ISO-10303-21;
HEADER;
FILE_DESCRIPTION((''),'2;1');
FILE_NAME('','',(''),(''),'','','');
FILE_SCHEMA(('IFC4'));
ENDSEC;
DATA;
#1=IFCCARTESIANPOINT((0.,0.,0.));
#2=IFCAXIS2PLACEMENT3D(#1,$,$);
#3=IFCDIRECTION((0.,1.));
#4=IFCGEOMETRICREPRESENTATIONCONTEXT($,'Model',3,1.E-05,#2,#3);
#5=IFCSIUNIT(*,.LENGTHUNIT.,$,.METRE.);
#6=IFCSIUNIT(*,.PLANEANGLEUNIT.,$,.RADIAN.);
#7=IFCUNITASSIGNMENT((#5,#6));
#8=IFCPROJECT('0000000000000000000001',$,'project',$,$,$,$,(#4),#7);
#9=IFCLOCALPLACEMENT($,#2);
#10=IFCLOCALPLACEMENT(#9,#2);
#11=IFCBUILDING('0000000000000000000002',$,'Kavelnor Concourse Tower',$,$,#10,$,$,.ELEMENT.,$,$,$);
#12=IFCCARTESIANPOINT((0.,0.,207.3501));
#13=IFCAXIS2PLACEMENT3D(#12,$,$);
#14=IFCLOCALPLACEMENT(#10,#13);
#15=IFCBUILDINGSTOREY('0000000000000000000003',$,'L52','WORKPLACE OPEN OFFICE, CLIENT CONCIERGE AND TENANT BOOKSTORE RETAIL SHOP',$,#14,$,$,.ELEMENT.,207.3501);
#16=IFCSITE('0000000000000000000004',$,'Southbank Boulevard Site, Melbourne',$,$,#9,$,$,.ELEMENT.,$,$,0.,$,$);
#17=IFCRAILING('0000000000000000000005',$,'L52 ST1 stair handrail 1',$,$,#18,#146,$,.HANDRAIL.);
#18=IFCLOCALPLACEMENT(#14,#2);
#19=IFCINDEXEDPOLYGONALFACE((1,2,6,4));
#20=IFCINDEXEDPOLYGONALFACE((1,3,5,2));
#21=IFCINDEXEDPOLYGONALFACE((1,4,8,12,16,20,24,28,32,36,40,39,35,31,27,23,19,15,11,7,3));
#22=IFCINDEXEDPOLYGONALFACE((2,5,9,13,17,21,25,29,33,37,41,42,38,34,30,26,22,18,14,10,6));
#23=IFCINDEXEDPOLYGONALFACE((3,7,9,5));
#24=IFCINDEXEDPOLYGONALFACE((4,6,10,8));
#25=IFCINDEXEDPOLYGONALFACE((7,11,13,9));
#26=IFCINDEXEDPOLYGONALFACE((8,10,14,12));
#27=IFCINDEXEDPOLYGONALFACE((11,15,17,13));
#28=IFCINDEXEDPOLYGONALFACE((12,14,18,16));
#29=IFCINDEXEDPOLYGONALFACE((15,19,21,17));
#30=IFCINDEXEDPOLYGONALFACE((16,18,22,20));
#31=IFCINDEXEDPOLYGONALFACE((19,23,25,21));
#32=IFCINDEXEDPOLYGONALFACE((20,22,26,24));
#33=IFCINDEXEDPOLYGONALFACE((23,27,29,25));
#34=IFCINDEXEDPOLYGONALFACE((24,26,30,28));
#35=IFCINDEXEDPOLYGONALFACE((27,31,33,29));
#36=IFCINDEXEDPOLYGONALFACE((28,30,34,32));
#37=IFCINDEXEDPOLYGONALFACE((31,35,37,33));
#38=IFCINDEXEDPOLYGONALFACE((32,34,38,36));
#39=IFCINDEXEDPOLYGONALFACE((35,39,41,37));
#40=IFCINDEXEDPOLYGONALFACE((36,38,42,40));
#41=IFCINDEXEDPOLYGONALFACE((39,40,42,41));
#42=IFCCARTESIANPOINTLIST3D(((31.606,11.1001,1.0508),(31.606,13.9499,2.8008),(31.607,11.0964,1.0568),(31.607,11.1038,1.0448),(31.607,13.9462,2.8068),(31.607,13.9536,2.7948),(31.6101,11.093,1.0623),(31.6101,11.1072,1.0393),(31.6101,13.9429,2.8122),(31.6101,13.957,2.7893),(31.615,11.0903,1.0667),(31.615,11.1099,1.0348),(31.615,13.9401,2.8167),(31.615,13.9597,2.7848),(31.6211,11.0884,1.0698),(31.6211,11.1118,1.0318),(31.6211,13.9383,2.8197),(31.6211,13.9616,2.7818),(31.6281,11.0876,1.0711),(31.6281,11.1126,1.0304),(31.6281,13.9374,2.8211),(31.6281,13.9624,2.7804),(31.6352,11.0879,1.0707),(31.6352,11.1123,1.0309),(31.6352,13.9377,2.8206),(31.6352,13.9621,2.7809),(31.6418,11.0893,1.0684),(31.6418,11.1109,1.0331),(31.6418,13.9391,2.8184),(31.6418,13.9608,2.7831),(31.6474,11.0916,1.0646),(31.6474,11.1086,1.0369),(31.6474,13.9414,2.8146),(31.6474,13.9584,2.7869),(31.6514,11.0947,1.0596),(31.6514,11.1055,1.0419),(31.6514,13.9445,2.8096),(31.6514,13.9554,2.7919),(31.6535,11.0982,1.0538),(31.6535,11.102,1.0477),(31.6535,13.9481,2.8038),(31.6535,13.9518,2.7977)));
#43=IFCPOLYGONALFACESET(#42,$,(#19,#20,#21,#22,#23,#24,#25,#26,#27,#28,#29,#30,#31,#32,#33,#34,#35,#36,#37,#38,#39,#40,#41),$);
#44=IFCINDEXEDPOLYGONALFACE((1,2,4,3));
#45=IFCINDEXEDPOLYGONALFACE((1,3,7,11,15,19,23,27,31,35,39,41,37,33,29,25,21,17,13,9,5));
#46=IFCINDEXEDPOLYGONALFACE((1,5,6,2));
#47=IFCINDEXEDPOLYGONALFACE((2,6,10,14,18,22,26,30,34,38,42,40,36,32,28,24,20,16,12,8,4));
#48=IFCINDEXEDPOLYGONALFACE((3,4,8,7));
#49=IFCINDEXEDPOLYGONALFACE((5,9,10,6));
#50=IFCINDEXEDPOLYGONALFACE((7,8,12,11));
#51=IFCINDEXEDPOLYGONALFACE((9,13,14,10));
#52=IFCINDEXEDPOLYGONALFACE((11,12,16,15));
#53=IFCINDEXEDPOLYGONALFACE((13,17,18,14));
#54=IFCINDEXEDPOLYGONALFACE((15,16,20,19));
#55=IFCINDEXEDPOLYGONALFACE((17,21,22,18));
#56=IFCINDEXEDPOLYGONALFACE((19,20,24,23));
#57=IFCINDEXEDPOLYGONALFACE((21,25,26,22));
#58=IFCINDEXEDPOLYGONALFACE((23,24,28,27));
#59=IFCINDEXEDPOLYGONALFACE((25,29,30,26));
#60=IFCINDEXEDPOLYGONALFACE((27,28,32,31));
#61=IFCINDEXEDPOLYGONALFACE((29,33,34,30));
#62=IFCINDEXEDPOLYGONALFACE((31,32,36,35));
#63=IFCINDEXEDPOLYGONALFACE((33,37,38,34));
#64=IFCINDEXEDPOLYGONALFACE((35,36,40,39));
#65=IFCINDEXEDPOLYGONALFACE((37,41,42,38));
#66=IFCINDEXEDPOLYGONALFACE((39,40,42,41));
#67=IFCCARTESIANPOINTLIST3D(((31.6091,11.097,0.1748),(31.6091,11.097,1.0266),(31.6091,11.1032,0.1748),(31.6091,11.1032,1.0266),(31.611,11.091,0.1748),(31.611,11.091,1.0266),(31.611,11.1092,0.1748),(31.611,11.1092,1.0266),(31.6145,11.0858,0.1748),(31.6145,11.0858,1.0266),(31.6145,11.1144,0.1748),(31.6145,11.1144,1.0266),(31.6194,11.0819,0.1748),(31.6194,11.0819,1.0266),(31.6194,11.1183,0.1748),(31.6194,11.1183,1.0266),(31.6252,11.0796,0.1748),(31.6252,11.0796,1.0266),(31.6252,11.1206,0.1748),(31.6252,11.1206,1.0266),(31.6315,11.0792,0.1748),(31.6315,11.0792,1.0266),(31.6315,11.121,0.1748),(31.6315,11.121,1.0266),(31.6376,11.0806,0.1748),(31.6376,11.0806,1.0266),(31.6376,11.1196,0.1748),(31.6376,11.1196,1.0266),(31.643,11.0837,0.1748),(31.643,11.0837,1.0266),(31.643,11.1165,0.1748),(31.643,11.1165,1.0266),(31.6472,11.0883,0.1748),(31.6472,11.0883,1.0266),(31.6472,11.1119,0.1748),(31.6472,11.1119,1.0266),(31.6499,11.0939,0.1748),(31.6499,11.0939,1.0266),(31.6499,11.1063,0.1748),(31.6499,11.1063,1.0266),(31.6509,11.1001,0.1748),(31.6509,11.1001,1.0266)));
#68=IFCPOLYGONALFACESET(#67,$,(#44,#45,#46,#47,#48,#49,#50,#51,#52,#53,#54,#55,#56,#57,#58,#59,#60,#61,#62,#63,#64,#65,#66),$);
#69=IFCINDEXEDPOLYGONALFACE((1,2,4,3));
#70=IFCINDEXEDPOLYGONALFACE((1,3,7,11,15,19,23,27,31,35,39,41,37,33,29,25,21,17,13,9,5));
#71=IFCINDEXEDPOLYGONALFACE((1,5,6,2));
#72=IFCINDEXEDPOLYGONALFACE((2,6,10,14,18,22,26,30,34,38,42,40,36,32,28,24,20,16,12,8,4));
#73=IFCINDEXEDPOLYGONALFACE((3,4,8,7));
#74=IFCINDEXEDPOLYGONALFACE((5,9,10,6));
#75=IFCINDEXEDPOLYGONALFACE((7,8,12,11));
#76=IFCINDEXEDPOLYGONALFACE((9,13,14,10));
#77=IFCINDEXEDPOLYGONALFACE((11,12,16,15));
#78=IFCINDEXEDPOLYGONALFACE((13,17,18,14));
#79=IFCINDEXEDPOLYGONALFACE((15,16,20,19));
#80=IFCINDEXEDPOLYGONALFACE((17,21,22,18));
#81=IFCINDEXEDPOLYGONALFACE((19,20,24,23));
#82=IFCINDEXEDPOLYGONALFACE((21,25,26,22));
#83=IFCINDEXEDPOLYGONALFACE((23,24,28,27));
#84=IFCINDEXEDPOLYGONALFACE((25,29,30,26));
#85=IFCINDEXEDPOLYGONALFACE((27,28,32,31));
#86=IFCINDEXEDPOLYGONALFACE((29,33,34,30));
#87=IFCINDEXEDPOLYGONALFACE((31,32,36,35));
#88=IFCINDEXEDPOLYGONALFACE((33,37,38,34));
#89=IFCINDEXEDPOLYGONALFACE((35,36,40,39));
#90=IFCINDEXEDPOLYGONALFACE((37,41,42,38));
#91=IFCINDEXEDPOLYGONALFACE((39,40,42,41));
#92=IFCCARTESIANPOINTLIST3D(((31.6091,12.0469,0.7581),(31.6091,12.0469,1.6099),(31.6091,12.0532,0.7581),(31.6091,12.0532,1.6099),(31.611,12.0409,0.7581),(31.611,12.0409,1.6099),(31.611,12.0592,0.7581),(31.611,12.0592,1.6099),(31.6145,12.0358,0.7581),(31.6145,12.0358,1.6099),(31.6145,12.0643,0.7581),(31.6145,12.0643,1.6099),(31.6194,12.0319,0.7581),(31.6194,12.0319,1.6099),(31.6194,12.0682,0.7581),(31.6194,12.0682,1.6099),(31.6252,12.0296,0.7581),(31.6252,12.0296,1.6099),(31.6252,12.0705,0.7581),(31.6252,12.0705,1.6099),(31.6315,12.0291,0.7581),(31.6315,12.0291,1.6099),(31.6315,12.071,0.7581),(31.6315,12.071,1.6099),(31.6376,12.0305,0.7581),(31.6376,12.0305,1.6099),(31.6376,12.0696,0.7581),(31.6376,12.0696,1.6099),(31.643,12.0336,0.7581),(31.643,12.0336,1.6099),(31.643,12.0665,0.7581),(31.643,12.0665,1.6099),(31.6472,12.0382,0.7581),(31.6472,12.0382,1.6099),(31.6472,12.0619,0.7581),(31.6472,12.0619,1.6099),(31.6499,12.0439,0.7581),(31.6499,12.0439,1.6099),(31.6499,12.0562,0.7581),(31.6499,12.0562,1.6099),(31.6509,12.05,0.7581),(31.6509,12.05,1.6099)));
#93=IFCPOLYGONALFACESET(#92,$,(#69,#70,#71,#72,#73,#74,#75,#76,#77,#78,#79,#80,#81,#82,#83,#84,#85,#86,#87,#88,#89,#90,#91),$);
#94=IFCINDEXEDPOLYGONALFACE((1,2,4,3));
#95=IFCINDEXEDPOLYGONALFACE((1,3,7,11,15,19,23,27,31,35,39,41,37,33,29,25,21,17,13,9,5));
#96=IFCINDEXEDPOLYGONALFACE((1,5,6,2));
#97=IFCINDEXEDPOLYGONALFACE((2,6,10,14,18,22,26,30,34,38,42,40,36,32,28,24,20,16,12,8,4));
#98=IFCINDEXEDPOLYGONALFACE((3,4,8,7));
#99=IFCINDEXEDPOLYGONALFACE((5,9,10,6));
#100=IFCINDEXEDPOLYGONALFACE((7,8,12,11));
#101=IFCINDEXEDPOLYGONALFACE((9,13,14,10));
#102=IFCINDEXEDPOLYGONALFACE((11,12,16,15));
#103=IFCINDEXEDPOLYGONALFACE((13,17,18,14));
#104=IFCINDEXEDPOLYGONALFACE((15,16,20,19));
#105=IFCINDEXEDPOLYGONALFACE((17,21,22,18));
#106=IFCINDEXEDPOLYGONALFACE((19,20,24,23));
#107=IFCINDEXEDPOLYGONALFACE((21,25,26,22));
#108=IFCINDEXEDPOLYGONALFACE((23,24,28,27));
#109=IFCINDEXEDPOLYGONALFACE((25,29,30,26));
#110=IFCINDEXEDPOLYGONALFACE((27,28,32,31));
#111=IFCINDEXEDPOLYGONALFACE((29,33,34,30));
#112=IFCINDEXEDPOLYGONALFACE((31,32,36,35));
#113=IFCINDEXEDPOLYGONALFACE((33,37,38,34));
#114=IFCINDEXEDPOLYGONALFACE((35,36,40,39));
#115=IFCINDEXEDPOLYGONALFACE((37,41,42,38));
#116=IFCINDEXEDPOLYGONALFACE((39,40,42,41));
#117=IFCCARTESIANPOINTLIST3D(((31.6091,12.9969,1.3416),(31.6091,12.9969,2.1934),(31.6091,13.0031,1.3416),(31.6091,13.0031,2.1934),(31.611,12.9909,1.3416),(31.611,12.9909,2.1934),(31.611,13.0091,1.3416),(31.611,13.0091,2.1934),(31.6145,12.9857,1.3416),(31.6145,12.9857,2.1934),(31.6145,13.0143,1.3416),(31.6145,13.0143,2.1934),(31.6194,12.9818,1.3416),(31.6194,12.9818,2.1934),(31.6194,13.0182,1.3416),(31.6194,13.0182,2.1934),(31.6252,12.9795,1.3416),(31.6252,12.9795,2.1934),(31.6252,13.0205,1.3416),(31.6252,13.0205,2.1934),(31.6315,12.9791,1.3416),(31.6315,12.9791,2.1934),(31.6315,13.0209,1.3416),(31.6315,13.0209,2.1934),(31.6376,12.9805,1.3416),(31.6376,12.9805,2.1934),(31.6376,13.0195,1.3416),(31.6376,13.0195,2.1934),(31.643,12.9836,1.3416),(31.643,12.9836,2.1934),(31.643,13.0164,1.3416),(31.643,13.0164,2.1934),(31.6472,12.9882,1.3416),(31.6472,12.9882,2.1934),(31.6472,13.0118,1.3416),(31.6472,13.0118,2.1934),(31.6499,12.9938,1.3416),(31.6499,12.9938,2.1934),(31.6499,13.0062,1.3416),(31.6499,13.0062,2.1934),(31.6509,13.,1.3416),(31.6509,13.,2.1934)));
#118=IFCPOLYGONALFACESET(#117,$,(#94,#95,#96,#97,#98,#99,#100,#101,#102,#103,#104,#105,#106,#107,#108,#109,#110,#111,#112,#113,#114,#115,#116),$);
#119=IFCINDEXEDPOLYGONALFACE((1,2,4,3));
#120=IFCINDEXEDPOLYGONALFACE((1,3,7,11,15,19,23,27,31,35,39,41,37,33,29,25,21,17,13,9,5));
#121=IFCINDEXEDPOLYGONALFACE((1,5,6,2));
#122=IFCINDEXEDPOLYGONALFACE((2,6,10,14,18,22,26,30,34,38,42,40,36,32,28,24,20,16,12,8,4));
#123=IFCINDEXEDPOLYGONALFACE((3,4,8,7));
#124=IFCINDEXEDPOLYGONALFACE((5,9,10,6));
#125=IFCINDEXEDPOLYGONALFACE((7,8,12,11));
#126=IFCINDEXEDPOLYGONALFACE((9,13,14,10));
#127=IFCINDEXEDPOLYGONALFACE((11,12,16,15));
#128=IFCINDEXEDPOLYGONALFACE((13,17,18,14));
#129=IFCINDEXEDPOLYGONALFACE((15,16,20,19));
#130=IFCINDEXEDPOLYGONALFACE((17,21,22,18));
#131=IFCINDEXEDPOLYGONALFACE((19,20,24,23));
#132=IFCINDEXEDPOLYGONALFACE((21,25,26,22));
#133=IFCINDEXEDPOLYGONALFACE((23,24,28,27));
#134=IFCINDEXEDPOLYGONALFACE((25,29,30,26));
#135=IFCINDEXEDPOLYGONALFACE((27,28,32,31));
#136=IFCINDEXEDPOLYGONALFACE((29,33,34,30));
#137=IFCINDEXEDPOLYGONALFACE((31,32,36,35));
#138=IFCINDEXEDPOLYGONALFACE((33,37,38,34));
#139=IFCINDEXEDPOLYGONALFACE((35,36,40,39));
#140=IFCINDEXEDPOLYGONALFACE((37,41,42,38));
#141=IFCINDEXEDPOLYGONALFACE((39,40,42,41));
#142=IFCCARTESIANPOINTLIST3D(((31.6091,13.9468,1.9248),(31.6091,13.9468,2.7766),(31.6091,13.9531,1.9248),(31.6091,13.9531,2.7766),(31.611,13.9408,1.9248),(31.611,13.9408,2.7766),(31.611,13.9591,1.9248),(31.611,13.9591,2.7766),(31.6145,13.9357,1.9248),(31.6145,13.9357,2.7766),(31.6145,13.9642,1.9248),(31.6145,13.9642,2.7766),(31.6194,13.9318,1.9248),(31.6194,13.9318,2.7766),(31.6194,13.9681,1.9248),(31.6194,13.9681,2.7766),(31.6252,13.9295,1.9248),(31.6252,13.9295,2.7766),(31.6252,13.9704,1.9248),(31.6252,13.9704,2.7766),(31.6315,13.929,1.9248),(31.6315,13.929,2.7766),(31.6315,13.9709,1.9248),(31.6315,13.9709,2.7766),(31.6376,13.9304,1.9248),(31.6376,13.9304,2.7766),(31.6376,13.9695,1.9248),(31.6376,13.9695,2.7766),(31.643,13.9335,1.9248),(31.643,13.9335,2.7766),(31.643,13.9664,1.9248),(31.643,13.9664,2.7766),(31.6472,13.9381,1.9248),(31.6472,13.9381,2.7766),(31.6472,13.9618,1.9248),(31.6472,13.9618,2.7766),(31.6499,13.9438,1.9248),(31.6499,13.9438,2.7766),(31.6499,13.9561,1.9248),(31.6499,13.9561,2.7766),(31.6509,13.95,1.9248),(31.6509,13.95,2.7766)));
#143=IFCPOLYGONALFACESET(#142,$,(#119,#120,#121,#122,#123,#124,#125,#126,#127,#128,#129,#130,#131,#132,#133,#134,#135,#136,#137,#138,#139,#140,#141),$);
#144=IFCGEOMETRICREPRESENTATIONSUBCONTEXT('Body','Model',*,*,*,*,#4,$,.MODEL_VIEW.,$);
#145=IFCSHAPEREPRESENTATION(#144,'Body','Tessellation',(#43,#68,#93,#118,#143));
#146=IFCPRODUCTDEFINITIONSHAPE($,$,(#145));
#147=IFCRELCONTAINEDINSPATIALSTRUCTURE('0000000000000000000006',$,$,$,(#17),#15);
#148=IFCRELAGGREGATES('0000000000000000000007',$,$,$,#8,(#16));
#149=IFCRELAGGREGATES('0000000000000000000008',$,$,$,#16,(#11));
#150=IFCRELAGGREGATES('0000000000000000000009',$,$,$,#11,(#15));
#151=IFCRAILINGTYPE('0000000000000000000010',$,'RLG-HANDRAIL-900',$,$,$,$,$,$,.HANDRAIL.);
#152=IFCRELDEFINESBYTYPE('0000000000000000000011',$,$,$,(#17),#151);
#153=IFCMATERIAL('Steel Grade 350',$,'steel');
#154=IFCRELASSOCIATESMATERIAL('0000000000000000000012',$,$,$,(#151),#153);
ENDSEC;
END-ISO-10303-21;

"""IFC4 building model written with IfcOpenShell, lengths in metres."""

from ifc_helpers import new_model, si_unit, direction, frame, origin, origin_2d, place, context, subcontext, project, spatial, circle, extrude, material, type_object, element, save


model = new_model("IFC4")

# Units and contexts
model_context = context("Model", 3, precision=1e-05, world=origin(), true_north=direction((0.0, 1.0)))
body_context = subcontext(model_context, "Body", "Model", "MODEL_VIEW")
ifc_project = project(units=[si_unit("LENGTHUNIT", "METRE"), si_unit("PLANEANGLEUNIT", "RADIAN")], contexts=[model_context])

# Site, building, storey
site_placement = place(None, origin())
site = spatial("IfcSite", under=ifc_project, at=site_placement, Name="Southbank Boulevard Site, Melbourne", CompositionType="ELEMENT", RefElevation=0.0)
building_placement = place(site_placement, origin())
building = spatial("IfcBuilding", under=site, at=building_placement, Name="Kavelnor Concourse Tower", CompositionType="ELEMENT")
storey_placement = place(building_placement, frame((0.0, 0.0, 207.3501)))
storey = spatial("IfcBuildingStorey", under=building, at=storey_placement, Name="L52", Description="WORKPLACE OPEN OFFICE, CLIENT CONCIERGE AND TENANT BOOKSTORE RETAIL SHOP", CompositionType="ELEMENT", Elevation=207.3501)

# Shared definitions
ifc_material_1 = material(Name="Steel Grade 350", Category="steel")

# Railing
railing_type_1 = type_object("IfcRailingType", Name="RLG-HANDRAIL-900", PredefinedType="HANDRAIL", material=ifc_material_1)
railing_1_placement = place(storey_placement, frame((31.6299, 11.1001, 0.1748)))
element("IfcRailing", 1, at=railing_1_placement, inside=storey, type_object=railing_type_1, Name="L52 ST1 stair handrail 1", PredefinedType="HANDRAIL", context=body_context, shape_type="SweptSolid", body=[
    extrude(circle(Radius=0.0239, at=origin_2d()), frame((0.0, 0.0, 0.876), z_axis=(0.0, 0.852159, 0.523283), x_axis=(-1.0, 0.0, 0.0)), (0.0, 0.0, 1.0), 3.3442),
    extrude(circle(Radius=0.021, at=origin_2d()), origin(), (0.0, 0.0, 1.0), 0.8518),
    extrude(circle(Radius=0.021, at=origin_2d()), frame((0.0, 0.95, 0.5833)), (0.0, 0.0, 1.0), 0.8518),
    extrude(circle(Radius=0.021, at=origin_2d()), frame((0.0, 1.8999, 1.1667)), (0.0, 0.0, 1.0), 0.8518),
    extrude(circle(Radius=0.021, at=origin_2d()), frame((0.0, 2.8499, 1.75)), (0.0, 0.0, 1.0), 0.8518),
])

save(model, "model.ifc")
